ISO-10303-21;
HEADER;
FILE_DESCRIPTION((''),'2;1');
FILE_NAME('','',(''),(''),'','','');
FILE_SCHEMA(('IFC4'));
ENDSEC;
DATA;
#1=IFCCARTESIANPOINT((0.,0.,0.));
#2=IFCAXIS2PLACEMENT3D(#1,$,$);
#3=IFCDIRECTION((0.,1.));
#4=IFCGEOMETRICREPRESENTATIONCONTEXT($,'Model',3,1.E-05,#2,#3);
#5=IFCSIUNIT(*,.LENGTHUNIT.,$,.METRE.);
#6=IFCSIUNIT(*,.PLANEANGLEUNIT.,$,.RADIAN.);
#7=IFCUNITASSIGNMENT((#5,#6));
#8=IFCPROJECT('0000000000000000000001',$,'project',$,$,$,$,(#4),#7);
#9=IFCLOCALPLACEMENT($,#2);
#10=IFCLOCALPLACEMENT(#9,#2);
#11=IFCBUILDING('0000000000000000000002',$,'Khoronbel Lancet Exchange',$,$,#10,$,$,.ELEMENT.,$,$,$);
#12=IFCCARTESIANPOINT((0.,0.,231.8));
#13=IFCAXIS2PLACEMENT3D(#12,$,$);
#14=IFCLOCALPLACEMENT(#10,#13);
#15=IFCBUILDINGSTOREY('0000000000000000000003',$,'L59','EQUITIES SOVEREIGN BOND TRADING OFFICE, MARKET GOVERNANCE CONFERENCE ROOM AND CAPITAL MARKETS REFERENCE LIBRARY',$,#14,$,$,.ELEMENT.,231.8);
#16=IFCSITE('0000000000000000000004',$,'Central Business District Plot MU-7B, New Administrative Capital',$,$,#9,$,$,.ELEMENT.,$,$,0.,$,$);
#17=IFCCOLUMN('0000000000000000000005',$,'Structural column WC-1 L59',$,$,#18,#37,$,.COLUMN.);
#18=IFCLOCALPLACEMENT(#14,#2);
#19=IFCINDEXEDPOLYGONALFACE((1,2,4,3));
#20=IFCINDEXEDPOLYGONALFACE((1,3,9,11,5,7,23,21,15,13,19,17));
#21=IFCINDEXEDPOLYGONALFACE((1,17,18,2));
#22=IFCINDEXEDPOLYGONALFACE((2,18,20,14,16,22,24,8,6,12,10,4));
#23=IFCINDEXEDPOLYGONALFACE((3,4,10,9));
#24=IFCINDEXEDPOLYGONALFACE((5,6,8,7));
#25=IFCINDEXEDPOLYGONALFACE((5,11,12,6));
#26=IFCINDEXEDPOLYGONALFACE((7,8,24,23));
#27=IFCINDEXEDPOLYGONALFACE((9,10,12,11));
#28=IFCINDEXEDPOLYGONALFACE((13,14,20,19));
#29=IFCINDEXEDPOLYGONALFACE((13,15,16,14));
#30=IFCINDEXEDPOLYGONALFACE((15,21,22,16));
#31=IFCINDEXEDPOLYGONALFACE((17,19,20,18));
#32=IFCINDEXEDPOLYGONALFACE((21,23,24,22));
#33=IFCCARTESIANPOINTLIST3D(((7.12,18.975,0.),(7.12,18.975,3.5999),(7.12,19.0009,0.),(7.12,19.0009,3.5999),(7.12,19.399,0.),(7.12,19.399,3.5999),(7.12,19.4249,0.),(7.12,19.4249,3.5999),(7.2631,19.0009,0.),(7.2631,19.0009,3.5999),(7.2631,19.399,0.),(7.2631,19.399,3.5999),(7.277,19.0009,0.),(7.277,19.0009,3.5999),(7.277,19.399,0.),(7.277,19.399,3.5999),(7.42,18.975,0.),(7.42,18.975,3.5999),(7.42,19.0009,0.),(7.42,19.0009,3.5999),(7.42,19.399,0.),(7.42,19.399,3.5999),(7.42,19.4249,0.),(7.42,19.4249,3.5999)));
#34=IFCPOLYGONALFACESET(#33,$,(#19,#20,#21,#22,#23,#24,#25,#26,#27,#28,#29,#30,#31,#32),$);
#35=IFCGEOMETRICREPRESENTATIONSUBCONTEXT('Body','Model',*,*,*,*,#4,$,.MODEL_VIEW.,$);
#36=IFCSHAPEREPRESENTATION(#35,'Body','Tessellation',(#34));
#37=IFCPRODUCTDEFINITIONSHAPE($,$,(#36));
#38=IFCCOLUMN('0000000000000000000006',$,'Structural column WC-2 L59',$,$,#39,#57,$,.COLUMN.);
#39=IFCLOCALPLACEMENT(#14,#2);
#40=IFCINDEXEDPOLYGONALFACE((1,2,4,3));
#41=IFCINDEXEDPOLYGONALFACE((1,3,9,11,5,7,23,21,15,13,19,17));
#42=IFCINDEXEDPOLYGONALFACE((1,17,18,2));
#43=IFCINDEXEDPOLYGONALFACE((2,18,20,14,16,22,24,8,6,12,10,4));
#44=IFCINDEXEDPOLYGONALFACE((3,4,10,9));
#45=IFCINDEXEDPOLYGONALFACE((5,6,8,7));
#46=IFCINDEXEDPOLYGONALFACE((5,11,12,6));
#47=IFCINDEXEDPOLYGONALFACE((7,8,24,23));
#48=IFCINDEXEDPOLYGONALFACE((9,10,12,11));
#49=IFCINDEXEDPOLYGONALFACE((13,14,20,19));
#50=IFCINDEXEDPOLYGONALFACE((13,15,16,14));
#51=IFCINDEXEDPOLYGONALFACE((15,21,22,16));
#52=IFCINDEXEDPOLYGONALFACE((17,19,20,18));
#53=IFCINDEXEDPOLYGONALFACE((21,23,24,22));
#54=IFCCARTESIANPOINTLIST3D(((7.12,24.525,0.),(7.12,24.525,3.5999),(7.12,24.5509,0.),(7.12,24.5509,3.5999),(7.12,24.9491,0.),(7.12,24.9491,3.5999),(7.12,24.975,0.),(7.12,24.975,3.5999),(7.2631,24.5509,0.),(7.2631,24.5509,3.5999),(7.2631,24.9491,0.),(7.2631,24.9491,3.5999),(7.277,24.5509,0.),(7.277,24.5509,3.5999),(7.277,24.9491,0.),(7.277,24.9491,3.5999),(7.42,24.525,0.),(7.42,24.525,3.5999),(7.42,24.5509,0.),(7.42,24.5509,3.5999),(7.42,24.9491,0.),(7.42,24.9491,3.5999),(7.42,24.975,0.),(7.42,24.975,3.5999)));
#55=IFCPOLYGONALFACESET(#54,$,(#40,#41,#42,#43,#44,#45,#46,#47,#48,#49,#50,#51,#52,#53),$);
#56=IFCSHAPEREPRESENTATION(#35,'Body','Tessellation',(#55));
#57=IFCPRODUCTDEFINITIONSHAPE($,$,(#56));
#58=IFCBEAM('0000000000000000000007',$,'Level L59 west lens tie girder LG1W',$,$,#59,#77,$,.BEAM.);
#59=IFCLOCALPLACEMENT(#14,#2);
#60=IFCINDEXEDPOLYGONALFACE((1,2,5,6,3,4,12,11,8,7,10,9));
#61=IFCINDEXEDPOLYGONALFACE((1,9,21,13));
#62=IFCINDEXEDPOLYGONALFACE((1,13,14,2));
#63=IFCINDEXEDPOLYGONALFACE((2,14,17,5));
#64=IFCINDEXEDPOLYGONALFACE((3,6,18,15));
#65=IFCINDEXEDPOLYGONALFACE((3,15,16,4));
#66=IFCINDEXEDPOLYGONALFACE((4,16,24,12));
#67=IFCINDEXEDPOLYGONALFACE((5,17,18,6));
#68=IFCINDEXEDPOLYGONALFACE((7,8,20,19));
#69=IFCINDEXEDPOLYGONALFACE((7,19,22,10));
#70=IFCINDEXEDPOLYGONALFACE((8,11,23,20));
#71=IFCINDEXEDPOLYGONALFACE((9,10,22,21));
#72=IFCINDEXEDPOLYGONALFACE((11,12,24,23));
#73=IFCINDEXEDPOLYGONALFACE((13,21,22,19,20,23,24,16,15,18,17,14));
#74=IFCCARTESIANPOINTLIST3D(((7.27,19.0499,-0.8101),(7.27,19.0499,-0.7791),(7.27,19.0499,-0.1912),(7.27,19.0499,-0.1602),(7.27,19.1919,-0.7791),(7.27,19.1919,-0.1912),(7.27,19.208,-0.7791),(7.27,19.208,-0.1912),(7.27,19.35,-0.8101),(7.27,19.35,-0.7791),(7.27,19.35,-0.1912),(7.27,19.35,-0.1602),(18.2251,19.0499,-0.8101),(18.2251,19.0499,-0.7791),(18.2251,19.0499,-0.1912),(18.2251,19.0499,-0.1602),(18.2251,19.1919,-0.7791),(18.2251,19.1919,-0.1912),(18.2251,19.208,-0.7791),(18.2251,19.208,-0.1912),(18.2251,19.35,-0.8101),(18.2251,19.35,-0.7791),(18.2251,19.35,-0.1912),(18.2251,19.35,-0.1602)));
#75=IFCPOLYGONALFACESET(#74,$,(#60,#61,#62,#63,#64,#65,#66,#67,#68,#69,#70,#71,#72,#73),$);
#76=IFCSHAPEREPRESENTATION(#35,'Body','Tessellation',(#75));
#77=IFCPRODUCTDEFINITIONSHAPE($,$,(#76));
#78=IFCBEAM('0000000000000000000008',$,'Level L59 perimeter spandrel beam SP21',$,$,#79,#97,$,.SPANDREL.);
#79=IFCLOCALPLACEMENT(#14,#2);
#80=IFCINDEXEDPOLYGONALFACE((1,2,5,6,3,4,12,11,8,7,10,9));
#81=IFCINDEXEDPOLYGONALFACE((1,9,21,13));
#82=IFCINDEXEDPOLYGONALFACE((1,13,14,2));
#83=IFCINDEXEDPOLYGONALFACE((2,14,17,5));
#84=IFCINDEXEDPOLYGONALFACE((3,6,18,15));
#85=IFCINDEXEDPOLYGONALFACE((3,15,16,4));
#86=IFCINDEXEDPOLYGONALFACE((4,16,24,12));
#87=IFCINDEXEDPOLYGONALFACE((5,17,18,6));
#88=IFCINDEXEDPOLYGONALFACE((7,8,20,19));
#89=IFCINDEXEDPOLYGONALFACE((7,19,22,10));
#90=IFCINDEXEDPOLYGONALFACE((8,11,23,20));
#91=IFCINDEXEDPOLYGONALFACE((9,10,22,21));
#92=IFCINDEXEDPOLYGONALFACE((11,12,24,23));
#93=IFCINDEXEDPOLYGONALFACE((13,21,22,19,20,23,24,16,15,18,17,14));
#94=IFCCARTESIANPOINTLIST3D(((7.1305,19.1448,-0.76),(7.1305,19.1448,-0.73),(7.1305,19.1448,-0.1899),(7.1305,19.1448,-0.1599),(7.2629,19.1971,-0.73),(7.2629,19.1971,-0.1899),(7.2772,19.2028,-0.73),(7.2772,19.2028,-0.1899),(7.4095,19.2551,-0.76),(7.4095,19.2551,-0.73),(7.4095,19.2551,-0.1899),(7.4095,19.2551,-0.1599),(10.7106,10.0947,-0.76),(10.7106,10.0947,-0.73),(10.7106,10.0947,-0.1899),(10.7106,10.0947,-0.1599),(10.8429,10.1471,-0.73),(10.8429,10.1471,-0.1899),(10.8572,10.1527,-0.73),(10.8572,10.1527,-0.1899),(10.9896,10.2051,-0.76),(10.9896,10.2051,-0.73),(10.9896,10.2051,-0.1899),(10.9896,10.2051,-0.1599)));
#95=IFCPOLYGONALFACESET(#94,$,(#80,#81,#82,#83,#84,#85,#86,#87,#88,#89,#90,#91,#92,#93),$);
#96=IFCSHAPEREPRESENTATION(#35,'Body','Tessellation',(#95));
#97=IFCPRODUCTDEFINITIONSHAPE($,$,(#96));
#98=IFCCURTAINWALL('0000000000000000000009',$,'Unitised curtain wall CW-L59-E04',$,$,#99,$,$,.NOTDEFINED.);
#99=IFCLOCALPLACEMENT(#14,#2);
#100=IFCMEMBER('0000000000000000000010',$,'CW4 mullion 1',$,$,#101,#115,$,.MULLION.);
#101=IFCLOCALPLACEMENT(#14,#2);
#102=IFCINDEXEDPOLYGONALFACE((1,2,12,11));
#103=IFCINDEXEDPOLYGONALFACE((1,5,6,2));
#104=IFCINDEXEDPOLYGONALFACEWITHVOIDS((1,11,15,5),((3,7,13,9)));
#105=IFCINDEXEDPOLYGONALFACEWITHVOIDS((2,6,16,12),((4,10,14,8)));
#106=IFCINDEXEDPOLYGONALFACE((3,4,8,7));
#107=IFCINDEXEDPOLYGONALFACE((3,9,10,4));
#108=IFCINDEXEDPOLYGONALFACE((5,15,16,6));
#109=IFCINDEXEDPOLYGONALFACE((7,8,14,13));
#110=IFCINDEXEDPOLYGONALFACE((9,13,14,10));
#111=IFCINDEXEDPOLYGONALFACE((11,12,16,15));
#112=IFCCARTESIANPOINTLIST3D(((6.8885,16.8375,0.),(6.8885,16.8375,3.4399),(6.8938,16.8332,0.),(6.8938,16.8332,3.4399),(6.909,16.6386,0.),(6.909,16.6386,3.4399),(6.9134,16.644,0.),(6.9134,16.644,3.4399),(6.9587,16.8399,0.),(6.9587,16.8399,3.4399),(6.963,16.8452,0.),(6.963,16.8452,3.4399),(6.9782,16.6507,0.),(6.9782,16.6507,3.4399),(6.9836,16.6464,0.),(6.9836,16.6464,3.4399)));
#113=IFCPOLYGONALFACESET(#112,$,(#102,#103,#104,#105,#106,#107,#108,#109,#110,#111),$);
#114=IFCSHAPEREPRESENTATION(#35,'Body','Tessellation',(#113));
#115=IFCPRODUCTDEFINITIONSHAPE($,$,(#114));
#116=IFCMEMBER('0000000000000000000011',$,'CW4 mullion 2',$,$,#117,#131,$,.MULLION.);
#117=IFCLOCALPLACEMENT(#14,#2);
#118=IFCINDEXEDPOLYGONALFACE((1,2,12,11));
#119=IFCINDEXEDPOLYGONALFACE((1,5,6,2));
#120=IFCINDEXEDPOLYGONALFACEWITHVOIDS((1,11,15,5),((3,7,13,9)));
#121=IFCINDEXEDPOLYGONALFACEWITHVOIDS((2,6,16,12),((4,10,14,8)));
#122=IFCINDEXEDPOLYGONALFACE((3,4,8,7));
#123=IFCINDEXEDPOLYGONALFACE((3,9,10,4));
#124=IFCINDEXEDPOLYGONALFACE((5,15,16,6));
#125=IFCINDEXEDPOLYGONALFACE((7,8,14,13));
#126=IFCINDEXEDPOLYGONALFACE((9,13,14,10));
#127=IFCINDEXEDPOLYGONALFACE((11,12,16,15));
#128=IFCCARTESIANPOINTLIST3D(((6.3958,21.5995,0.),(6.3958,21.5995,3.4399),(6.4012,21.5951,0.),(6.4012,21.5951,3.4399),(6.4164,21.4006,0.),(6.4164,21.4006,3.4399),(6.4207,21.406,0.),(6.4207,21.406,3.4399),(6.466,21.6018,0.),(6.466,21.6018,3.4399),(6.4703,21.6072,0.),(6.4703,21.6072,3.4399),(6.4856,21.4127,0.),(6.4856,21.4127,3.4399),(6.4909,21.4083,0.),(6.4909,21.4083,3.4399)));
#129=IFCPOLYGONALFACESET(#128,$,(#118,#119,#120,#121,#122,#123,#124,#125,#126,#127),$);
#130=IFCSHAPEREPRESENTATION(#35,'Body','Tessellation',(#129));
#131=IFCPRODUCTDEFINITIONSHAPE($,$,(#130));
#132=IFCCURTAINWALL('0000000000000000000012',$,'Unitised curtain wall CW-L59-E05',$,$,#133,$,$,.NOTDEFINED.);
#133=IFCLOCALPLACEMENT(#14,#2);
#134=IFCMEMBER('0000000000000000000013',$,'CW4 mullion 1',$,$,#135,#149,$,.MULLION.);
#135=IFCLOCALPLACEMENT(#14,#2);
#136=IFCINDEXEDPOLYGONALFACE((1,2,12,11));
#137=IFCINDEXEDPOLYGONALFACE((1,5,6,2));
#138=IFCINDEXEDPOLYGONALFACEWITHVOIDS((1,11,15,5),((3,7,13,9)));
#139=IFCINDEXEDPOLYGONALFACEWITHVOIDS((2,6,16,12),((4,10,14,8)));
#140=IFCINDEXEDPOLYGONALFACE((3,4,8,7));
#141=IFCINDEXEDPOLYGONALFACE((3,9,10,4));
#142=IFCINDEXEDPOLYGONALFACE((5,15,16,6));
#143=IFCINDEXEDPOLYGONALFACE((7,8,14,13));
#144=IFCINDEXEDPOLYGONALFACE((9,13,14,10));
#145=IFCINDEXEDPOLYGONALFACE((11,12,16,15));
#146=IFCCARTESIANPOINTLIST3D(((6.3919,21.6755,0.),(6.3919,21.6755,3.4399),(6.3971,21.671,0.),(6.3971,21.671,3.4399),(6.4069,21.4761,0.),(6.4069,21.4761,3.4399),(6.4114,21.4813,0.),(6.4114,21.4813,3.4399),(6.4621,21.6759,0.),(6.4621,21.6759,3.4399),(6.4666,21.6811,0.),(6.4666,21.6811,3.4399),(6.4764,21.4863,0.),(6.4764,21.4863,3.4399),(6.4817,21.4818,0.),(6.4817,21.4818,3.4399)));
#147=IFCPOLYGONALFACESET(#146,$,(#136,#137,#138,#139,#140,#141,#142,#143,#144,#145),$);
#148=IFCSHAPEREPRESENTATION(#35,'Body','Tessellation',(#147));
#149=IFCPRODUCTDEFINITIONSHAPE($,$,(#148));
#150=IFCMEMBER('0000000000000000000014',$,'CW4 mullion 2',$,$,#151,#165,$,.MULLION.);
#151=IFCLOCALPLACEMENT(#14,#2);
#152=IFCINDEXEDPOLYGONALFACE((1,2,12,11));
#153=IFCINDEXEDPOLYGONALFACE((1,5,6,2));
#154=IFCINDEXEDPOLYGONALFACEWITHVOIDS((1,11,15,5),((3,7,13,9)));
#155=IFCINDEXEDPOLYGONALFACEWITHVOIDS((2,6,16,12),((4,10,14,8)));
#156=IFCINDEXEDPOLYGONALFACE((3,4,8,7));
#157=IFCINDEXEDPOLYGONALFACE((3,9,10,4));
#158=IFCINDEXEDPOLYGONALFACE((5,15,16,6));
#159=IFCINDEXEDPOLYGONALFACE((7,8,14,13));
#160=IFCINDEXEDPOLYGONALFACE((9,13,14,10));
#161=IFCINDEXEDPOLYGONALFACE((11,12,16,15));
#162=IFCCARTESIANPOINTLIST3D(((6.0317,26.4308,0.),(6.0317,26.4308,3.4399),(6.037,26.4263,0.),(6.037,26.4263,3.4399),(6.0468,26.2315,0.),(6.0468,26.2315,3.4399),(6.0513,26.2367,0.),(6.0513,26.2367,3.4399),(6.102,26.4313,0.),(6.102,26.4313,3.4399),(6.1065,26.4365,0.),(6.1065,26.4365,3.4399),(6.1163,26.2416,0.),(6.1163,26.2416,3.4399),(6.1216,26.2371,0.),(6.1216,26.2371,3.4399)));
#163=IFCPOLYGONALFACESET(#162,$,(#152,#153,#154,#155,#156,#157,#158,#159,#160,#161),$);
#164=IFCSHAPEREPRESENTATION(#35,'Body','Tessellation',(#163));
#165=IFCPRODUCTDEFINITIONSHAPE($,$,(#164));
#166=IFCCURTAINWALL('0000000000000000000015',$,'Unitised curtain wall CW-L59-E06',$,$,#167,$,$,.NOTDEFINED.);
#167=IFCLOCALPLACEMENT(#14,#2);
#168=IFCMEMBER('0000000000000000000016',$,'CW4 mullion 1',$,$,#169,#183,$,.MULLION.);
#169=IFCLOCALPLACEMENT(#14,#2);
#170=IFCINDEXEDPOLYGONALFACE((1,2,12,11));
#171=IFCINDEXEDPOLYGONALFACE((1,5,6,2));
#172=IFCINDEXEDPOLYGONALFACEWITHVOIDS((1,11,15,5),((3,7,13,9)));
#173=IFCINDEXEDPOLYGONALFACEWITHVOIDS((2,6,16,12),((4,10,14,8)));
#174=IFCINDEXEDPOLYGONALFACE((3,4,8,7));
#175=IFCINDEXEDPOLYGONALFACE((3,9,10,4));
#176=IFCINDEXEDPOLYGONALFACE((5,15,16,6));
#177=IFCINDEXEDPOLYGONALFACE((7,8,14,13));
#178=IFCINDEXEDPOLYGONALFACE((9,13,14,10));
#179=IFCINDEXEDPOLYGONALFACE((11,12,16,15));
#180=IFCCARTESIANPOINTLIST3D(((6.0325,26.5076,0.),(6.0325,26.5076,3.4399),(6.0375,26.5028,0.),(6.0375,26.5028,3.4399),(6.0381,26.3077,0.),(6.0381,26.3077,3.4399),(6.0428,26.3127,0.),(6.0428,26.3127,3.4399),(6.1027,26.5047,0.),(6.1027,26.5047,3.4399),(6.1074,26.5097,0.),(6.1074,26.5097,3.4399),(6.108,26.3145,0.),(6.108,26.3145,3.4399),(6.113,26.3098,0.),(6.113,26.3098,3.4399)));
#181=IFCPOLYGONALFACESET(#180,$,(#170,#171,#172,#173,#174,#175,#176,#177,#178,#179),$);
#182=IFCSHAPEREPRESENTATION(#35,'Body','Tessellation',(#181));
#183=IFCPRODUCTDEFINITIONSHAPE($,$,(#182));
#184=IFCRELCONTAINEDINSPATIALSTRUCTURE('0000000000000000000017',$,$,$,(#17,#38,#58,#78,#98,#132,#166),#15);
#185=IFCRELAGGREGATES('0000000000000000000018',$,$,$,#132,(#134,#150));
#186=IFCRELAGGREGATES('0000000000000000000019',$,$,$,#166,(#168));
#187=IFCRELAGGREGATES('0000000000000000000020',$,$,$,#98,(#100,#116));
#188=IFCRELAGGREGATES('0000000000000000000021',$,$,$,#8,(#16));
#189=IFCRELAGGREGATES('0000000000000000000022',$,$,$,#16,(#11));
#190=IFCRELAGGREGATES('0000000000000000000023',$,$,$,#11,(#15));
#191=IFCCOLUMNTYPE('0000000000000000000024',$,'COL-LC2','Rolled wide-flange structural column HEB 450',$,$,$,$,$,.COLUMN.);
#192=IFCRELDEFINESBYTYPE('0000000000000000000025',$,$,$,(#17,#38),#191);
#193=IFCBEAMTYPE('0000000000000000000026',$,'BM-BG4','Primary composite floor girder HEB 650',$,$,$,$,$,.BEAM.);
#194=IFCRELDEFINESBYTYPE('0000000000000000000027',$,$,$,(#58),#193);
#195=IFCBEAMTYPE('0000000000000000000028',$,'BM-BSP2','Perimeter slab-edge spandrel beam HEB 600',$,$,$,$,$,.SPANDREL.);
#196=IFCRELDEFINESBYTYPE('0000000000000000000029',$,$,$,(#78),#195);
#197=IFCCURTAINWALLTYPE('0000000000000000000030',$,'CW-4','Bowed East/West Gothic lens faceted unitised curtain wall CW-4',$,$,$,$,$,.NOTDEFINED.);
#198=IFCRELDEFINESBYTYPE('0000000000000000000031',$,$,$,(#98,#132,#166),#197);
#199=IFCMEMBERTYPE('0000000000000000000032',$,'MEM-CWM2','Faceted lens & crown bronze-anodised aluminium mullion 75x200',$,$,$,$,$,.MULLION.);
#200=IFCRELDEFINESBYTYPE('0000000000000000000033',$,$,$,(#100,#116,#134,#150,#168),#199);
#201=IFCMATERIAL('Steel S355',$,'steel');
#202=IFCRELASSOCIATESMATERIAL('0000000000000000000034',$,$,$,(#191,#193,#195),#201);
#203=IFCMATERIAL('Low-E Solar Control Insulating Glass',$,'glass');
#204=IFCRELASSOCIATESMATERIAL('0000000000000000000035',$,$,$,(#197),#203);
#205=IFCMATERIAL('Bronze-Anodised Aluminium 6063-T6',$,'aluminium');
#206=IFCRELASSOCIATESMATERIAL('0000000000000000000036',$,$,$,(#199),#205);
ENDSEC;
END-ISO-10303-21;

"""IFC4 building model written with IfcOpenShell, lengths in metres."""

from ifc_helpers import new_model, si_unit, direction, frame, origin, origin_2d, place, context, subcontext, project, spatial, hollow_rectangle, i_section, extrude, material, material_profile, profile_set, type_object, element, aggregate, save


model = new_model("IFC4")

# Units and contexts
model_context = context("Model", 3, precision=1e-05, world=origin(), true_north=direction((0.0, 1.0)))
body_context = subcontext(model_context, "Body", "Model", "MODEL_VIEW")
ifc_project = project(units=[si_unit("LENGTHUNIT", "METRE"), si_unit("PLANEANGLEUNIT", "RADIAN")], contexts=[model_context])

# Site, building, storey
site_placement = place(None, origin())
site = spatial("IfcSite", under=ifc_project, at=site_placement, Name="Central Business District Plot MU-7B, New Administrative Capital", CompositionType="ELEMENT", RefElevation=0.0)
building_placement = place(site_placement, origin())
building = spatial("IfcBuilding", under=site, at=building_placement, Name="Khoronbel Lancet Exchange", CompositionType="ELEMENT")
storey_placement = place(building_placement, frame((0.0, 0.0, 231.8)))
storey = spatial("IfcBuildingStorey", under=building, at=storey_placement, Name="L59", Description="EQUITIES SOVEREIGN BOND TRADING OFFICE, MARKET GOVERNANCE CONFERENCE ROOM AND CAPITAL MARKETS REFERENCE LIBRARY", CompositionType="ELEMENT", Elevation=231.8)

# Columns
ifc_material_1 = material(Name="Steel S355", Category="steel")
ifc_material_profile_1 = material_profile(ifc_material_1, i_section(OverallWidth=0.3, OverallDepth=0.45, WebThickness=0.0139, FlangeThickness=0.0259, at=origin_2d()), Name="HEB 450")
ifc_profile_set_1 = profile_set([ifc_material_profile_1], Name="Steel S355")
column_type = type_object("IfcColumnType", Name="COL-LC2", Description="Rolled wide-flange structural column HEB 450", PredefinedType="COLUMN", material=ifc_profile_set_1)
for number, where, z_axis, x_axis, name in (
    (1, (7.27, 19.2, 0.0), (0.0, 0.0, 1.0), (1.0, 0.0, 0.0), "Structural column WC-1 L59"),
    (2, (7.27, 24.75, 0.0), (0.0, 0.0, 1.0), (1.0, 0.0, 0.0), "Structural column WC-2 L59"),
):
    element("IfcColumn", number, at=place(storey_placement, frame(where, z_axis=z_axis, x_axis=x_axis)), inside=storey, type_object=column_type, Name=name, PredefinedType="COLUMN", context=body_context, shape_type="SweptSolid", body=[
        extrude(i_section(OverallWidth=0.3, OverallDepth=0.45, WebThickness=0.0139, FlangeThickness=0.0259, at=origin_2d()), origin(), (0.0, 0.0, 1.0), 3.5999),
    ])

# Beams
ifc_material_profile_2 = material_profile(ifc_material_1, i_section(OverallWidth=0.3, OverallDepth=0.6499, WebThickness=0.0161, FlangeThickness=0.031, at=origin_2d()), Name="HEB 650")
ifc_profile_set_2 = profile_set([ifc_material_profile_2], Name="Steel S355")
beam_type_1 = type_object("IfcBeamType", Name="BM-BG4", Description="Primary composite floor girder HEB 650", PredefinedType="BEAM", material=ifc_profile_set_2)
beam_1_placement = place(storey_placement, frame((7.27, 19.2, -0.4851), z_axis=(1.0, 0.0, 0.0), x_axis=(0.0, 1.0, 0.0)))
element("IfcBeam", 3, at=beam_1_placement, inside=storey, type_object=beam_type_1, Name="Level L59 west lens tie girder LG1W", PredefinedType="BEAM", context=body_context, shape_type="SweptSolid", body=[
    extrude(i_section(OverallWidth=0.3, OverallDepth=0.6499, WebThickness=0.0161, FlangeThickness=0.031, at=origin_2d()), origin(), (0.0, 0.0, 1.0), 10.9551),
])
ifc_material_profile_3 = material_profile(ifc_material_1, i_section(OverallWidth=0.3, OverallDepth=0.6001, WebThickness=0.0154, FlangeThickness=0.03, at=origin_2d()), Name="HEB 600")
ifc_profile_set_3 = profile_set([ifc_material_profile_3], Name="Steel S355")
beam_type_2 = type_object("IfcBeamType", Name="BM-BSP2", Description="Perimeter slab-edge spandrel beam HEB 600", PredefinedType="SPANDREL", material=ifc_profile_set_3)
beam_2_placement = place(storey_placement, frame((7.27, 19.2, -0.46), z_axis=(0.36785, -0.929885, 0.0), x_axis=(0.929885, 0.36785, 0.0)))
element("IfcBeam", 4, at=beam_2_placement, inside=storey, type_object=beam_type_2, Name="Level L59 perimeter spandrel beam SP21", PredefinedType="SPANDREL", context=body_context, shape_type="SweptSolid", body=[
    extrude(i_section(OverallWidth=0.3, OverallDepth=0.6001, WebThickness=0.0154, FlangeThickness=0.03, at=origin_2d()), origin(), (0.0, 0.0, 1.0), 9.7324),
])

# Curtain walls, members
ifc_material_2 = material(Name="Low-E Solar Control Insulating Glass", Category="glass")
curtain_wall_type = type_object("IfcCurtainWallType", Name="CW-4", Description="Bowed East/West Gothic lens faceted unitised curtain wall CW-4", PredefinedType="NOTDEFINED", material=ifc_material_2)
curtain_wall_1_placement = place(storey_placement, origin())
curtain_wall_1 = element("IfcCurtainWall", 5, at=curtain_wall_1_placement, inside=storey, type_object=curtain_wall_type, Name="Unitised curtain wall CW-L59-E04", PredefinedType="NOTDEFINED")
ifc_material_3 = material(Name="Bronze-Anodised Aluminium 6063-T6", Category="aluminium")
ifc_material_profile_4 = material_profile(ifc_material_3, hollow_rectangle(XDim=0.075, YDim=0.2, WallThickness=0.0049, at=origin_2d()), Name="ALU MULLION 75x200")
ifc_profile_set_4 = profile_set([ifc_material_profile_4], Name="Bronze-Anodised Aluminium 6063-T6")
member_type_1 = type_object("IfcMemberType", Name="MEM-CWM2", Description="Faceted lens & crown bronze-anodised aluminium mullion 75x200", PredefinedType="MULLION", material=ifc_profile_set_4)
member_1_placement = place(storey_placement, frame((6.936, 16.7419, 0.0), z_axis=(0.0, 0.0, 1.0), x_axis=(-0.994691, -0.10291, 0.0)))
member_1 = element("IfcMember", 6, at=member_1_placement, type_object=member_type_1, Name="CW4 mullion 1", PredefinedType="MULLION", context=body_context, shape_type="SweptSolid", body=[
    extrude(hollow_rectangle(XDim=0.075, YDim=0.2, WallThickness=0.0049, at=origin_2d()), origin(), (0.0, 0.0, 1.0), 3.4399),
])
member_2_placement = place(storey_placement, frame((6.4434, 21.5039, 0.0), z_axis=(0.0, 0.0, 1.0), x_axis=(-0.994691, -0.10291, 0.0)))
member_2 = element("IfcMember", 7, at=member_2_placement, type_object=member_type_1, Name="CW4 mullion 2", PredefinedType="MULLION", context=body_context, shape_type="SweptSolid", body=[
    extrude(hollow_rectangle(XDim=0.075, YDim=0.2, WallThickness=0.0049, at=origin_2d()), origin(), (0.0, 0.0, 1.0), 3.4399),
])
curtain_wall_2_placement = place(storey_placement, origin())
curtain_wall_2 = element("IfcCurtainWall", 8, at=curtain_wall_2_placement, inside=storey, type_object=curtain_wall_type, Name="Unitised curtain wall CW-L59-E05", PredefinedType="NOTDEFINED")
member_3_placement = place(storey_placement, frame((6.4368, 21.5786, 0.0), z_axis=(0.0, 0.0, 1.0), x_axis=(-0.997146, -0.075498, 0.0)))
member_3 = element("IfcMember", 9, at=member_3_placement, type_object=member_type_1, Name="CW4 mullion 1", PredefinedType="MULLION", context=body_context, shape_type="SweptSolid", body=[
    extrude(hollow_rectangle(XDim=0.075, YDim=0.2, WallThickness=0.0049, at=origin_2d()), origin(), (0.0, 0.0, 1.0), 3.4399),
])
member_4_placement = place(storey_placement, frame((6.0767, 26.334, 0.0), z_axis=(0.0, 0.0, 1.0), x_axis=(-0.997146, -0.075498, 0.0)))
member_4 = element("IfcMember", 10, at=member_4_placement, type_object=member_type_1, Name="CW4 mullion 2", PredefinedType="MULLION", context=body_context, shape_type="SweptSolid", body=[
    extrude(hollow_rectangle(XDim=0.075, YDim=0.2, WallThickness=0.0049, at=origin_2d()), origin(), (0.0, 0.0, 1.0), 3.4399),
])
curtain_wall_3_placement = place(storey_placement, origin())
curtain_wall_3 = element("IfcCurtainWall", 11, at=curtain_wall_3_placement, inside=storey, type_object=curtain_wall_type, Name="Unitised curtain wall CW-L59-E06", PredefinedType="NOTDEFINED")
member_5_placement = place(storey_placement, frame((6.0728, 26.4087, 0.0), z_axis=(0.0, 0.0, 1.0), x_axis=(-0.999616, -0.027719, 0.0)))
member_5 = element("IfcMember", 12, at=member_5_placement, type_object=member_type_1, Name="CW4 mullion 1", PredefinedType="MULLION", context=body_context, shape_type="SweptSolid", body=[
    extrude(hollow_rectangle(XDim=0.075, YDim=0.2, WallThickness=0.0049, at=origin_2d()), origin(), (0.0, 0.0, 1.0), 3.4399),
])

aggregate(curtain_wall_2, [member_3, member_4])
aggregate(curtain_wall_3, [member_5])
aggregate(curtain_wall_1, [member_1, member_2])

save(model, "model.ifc")
